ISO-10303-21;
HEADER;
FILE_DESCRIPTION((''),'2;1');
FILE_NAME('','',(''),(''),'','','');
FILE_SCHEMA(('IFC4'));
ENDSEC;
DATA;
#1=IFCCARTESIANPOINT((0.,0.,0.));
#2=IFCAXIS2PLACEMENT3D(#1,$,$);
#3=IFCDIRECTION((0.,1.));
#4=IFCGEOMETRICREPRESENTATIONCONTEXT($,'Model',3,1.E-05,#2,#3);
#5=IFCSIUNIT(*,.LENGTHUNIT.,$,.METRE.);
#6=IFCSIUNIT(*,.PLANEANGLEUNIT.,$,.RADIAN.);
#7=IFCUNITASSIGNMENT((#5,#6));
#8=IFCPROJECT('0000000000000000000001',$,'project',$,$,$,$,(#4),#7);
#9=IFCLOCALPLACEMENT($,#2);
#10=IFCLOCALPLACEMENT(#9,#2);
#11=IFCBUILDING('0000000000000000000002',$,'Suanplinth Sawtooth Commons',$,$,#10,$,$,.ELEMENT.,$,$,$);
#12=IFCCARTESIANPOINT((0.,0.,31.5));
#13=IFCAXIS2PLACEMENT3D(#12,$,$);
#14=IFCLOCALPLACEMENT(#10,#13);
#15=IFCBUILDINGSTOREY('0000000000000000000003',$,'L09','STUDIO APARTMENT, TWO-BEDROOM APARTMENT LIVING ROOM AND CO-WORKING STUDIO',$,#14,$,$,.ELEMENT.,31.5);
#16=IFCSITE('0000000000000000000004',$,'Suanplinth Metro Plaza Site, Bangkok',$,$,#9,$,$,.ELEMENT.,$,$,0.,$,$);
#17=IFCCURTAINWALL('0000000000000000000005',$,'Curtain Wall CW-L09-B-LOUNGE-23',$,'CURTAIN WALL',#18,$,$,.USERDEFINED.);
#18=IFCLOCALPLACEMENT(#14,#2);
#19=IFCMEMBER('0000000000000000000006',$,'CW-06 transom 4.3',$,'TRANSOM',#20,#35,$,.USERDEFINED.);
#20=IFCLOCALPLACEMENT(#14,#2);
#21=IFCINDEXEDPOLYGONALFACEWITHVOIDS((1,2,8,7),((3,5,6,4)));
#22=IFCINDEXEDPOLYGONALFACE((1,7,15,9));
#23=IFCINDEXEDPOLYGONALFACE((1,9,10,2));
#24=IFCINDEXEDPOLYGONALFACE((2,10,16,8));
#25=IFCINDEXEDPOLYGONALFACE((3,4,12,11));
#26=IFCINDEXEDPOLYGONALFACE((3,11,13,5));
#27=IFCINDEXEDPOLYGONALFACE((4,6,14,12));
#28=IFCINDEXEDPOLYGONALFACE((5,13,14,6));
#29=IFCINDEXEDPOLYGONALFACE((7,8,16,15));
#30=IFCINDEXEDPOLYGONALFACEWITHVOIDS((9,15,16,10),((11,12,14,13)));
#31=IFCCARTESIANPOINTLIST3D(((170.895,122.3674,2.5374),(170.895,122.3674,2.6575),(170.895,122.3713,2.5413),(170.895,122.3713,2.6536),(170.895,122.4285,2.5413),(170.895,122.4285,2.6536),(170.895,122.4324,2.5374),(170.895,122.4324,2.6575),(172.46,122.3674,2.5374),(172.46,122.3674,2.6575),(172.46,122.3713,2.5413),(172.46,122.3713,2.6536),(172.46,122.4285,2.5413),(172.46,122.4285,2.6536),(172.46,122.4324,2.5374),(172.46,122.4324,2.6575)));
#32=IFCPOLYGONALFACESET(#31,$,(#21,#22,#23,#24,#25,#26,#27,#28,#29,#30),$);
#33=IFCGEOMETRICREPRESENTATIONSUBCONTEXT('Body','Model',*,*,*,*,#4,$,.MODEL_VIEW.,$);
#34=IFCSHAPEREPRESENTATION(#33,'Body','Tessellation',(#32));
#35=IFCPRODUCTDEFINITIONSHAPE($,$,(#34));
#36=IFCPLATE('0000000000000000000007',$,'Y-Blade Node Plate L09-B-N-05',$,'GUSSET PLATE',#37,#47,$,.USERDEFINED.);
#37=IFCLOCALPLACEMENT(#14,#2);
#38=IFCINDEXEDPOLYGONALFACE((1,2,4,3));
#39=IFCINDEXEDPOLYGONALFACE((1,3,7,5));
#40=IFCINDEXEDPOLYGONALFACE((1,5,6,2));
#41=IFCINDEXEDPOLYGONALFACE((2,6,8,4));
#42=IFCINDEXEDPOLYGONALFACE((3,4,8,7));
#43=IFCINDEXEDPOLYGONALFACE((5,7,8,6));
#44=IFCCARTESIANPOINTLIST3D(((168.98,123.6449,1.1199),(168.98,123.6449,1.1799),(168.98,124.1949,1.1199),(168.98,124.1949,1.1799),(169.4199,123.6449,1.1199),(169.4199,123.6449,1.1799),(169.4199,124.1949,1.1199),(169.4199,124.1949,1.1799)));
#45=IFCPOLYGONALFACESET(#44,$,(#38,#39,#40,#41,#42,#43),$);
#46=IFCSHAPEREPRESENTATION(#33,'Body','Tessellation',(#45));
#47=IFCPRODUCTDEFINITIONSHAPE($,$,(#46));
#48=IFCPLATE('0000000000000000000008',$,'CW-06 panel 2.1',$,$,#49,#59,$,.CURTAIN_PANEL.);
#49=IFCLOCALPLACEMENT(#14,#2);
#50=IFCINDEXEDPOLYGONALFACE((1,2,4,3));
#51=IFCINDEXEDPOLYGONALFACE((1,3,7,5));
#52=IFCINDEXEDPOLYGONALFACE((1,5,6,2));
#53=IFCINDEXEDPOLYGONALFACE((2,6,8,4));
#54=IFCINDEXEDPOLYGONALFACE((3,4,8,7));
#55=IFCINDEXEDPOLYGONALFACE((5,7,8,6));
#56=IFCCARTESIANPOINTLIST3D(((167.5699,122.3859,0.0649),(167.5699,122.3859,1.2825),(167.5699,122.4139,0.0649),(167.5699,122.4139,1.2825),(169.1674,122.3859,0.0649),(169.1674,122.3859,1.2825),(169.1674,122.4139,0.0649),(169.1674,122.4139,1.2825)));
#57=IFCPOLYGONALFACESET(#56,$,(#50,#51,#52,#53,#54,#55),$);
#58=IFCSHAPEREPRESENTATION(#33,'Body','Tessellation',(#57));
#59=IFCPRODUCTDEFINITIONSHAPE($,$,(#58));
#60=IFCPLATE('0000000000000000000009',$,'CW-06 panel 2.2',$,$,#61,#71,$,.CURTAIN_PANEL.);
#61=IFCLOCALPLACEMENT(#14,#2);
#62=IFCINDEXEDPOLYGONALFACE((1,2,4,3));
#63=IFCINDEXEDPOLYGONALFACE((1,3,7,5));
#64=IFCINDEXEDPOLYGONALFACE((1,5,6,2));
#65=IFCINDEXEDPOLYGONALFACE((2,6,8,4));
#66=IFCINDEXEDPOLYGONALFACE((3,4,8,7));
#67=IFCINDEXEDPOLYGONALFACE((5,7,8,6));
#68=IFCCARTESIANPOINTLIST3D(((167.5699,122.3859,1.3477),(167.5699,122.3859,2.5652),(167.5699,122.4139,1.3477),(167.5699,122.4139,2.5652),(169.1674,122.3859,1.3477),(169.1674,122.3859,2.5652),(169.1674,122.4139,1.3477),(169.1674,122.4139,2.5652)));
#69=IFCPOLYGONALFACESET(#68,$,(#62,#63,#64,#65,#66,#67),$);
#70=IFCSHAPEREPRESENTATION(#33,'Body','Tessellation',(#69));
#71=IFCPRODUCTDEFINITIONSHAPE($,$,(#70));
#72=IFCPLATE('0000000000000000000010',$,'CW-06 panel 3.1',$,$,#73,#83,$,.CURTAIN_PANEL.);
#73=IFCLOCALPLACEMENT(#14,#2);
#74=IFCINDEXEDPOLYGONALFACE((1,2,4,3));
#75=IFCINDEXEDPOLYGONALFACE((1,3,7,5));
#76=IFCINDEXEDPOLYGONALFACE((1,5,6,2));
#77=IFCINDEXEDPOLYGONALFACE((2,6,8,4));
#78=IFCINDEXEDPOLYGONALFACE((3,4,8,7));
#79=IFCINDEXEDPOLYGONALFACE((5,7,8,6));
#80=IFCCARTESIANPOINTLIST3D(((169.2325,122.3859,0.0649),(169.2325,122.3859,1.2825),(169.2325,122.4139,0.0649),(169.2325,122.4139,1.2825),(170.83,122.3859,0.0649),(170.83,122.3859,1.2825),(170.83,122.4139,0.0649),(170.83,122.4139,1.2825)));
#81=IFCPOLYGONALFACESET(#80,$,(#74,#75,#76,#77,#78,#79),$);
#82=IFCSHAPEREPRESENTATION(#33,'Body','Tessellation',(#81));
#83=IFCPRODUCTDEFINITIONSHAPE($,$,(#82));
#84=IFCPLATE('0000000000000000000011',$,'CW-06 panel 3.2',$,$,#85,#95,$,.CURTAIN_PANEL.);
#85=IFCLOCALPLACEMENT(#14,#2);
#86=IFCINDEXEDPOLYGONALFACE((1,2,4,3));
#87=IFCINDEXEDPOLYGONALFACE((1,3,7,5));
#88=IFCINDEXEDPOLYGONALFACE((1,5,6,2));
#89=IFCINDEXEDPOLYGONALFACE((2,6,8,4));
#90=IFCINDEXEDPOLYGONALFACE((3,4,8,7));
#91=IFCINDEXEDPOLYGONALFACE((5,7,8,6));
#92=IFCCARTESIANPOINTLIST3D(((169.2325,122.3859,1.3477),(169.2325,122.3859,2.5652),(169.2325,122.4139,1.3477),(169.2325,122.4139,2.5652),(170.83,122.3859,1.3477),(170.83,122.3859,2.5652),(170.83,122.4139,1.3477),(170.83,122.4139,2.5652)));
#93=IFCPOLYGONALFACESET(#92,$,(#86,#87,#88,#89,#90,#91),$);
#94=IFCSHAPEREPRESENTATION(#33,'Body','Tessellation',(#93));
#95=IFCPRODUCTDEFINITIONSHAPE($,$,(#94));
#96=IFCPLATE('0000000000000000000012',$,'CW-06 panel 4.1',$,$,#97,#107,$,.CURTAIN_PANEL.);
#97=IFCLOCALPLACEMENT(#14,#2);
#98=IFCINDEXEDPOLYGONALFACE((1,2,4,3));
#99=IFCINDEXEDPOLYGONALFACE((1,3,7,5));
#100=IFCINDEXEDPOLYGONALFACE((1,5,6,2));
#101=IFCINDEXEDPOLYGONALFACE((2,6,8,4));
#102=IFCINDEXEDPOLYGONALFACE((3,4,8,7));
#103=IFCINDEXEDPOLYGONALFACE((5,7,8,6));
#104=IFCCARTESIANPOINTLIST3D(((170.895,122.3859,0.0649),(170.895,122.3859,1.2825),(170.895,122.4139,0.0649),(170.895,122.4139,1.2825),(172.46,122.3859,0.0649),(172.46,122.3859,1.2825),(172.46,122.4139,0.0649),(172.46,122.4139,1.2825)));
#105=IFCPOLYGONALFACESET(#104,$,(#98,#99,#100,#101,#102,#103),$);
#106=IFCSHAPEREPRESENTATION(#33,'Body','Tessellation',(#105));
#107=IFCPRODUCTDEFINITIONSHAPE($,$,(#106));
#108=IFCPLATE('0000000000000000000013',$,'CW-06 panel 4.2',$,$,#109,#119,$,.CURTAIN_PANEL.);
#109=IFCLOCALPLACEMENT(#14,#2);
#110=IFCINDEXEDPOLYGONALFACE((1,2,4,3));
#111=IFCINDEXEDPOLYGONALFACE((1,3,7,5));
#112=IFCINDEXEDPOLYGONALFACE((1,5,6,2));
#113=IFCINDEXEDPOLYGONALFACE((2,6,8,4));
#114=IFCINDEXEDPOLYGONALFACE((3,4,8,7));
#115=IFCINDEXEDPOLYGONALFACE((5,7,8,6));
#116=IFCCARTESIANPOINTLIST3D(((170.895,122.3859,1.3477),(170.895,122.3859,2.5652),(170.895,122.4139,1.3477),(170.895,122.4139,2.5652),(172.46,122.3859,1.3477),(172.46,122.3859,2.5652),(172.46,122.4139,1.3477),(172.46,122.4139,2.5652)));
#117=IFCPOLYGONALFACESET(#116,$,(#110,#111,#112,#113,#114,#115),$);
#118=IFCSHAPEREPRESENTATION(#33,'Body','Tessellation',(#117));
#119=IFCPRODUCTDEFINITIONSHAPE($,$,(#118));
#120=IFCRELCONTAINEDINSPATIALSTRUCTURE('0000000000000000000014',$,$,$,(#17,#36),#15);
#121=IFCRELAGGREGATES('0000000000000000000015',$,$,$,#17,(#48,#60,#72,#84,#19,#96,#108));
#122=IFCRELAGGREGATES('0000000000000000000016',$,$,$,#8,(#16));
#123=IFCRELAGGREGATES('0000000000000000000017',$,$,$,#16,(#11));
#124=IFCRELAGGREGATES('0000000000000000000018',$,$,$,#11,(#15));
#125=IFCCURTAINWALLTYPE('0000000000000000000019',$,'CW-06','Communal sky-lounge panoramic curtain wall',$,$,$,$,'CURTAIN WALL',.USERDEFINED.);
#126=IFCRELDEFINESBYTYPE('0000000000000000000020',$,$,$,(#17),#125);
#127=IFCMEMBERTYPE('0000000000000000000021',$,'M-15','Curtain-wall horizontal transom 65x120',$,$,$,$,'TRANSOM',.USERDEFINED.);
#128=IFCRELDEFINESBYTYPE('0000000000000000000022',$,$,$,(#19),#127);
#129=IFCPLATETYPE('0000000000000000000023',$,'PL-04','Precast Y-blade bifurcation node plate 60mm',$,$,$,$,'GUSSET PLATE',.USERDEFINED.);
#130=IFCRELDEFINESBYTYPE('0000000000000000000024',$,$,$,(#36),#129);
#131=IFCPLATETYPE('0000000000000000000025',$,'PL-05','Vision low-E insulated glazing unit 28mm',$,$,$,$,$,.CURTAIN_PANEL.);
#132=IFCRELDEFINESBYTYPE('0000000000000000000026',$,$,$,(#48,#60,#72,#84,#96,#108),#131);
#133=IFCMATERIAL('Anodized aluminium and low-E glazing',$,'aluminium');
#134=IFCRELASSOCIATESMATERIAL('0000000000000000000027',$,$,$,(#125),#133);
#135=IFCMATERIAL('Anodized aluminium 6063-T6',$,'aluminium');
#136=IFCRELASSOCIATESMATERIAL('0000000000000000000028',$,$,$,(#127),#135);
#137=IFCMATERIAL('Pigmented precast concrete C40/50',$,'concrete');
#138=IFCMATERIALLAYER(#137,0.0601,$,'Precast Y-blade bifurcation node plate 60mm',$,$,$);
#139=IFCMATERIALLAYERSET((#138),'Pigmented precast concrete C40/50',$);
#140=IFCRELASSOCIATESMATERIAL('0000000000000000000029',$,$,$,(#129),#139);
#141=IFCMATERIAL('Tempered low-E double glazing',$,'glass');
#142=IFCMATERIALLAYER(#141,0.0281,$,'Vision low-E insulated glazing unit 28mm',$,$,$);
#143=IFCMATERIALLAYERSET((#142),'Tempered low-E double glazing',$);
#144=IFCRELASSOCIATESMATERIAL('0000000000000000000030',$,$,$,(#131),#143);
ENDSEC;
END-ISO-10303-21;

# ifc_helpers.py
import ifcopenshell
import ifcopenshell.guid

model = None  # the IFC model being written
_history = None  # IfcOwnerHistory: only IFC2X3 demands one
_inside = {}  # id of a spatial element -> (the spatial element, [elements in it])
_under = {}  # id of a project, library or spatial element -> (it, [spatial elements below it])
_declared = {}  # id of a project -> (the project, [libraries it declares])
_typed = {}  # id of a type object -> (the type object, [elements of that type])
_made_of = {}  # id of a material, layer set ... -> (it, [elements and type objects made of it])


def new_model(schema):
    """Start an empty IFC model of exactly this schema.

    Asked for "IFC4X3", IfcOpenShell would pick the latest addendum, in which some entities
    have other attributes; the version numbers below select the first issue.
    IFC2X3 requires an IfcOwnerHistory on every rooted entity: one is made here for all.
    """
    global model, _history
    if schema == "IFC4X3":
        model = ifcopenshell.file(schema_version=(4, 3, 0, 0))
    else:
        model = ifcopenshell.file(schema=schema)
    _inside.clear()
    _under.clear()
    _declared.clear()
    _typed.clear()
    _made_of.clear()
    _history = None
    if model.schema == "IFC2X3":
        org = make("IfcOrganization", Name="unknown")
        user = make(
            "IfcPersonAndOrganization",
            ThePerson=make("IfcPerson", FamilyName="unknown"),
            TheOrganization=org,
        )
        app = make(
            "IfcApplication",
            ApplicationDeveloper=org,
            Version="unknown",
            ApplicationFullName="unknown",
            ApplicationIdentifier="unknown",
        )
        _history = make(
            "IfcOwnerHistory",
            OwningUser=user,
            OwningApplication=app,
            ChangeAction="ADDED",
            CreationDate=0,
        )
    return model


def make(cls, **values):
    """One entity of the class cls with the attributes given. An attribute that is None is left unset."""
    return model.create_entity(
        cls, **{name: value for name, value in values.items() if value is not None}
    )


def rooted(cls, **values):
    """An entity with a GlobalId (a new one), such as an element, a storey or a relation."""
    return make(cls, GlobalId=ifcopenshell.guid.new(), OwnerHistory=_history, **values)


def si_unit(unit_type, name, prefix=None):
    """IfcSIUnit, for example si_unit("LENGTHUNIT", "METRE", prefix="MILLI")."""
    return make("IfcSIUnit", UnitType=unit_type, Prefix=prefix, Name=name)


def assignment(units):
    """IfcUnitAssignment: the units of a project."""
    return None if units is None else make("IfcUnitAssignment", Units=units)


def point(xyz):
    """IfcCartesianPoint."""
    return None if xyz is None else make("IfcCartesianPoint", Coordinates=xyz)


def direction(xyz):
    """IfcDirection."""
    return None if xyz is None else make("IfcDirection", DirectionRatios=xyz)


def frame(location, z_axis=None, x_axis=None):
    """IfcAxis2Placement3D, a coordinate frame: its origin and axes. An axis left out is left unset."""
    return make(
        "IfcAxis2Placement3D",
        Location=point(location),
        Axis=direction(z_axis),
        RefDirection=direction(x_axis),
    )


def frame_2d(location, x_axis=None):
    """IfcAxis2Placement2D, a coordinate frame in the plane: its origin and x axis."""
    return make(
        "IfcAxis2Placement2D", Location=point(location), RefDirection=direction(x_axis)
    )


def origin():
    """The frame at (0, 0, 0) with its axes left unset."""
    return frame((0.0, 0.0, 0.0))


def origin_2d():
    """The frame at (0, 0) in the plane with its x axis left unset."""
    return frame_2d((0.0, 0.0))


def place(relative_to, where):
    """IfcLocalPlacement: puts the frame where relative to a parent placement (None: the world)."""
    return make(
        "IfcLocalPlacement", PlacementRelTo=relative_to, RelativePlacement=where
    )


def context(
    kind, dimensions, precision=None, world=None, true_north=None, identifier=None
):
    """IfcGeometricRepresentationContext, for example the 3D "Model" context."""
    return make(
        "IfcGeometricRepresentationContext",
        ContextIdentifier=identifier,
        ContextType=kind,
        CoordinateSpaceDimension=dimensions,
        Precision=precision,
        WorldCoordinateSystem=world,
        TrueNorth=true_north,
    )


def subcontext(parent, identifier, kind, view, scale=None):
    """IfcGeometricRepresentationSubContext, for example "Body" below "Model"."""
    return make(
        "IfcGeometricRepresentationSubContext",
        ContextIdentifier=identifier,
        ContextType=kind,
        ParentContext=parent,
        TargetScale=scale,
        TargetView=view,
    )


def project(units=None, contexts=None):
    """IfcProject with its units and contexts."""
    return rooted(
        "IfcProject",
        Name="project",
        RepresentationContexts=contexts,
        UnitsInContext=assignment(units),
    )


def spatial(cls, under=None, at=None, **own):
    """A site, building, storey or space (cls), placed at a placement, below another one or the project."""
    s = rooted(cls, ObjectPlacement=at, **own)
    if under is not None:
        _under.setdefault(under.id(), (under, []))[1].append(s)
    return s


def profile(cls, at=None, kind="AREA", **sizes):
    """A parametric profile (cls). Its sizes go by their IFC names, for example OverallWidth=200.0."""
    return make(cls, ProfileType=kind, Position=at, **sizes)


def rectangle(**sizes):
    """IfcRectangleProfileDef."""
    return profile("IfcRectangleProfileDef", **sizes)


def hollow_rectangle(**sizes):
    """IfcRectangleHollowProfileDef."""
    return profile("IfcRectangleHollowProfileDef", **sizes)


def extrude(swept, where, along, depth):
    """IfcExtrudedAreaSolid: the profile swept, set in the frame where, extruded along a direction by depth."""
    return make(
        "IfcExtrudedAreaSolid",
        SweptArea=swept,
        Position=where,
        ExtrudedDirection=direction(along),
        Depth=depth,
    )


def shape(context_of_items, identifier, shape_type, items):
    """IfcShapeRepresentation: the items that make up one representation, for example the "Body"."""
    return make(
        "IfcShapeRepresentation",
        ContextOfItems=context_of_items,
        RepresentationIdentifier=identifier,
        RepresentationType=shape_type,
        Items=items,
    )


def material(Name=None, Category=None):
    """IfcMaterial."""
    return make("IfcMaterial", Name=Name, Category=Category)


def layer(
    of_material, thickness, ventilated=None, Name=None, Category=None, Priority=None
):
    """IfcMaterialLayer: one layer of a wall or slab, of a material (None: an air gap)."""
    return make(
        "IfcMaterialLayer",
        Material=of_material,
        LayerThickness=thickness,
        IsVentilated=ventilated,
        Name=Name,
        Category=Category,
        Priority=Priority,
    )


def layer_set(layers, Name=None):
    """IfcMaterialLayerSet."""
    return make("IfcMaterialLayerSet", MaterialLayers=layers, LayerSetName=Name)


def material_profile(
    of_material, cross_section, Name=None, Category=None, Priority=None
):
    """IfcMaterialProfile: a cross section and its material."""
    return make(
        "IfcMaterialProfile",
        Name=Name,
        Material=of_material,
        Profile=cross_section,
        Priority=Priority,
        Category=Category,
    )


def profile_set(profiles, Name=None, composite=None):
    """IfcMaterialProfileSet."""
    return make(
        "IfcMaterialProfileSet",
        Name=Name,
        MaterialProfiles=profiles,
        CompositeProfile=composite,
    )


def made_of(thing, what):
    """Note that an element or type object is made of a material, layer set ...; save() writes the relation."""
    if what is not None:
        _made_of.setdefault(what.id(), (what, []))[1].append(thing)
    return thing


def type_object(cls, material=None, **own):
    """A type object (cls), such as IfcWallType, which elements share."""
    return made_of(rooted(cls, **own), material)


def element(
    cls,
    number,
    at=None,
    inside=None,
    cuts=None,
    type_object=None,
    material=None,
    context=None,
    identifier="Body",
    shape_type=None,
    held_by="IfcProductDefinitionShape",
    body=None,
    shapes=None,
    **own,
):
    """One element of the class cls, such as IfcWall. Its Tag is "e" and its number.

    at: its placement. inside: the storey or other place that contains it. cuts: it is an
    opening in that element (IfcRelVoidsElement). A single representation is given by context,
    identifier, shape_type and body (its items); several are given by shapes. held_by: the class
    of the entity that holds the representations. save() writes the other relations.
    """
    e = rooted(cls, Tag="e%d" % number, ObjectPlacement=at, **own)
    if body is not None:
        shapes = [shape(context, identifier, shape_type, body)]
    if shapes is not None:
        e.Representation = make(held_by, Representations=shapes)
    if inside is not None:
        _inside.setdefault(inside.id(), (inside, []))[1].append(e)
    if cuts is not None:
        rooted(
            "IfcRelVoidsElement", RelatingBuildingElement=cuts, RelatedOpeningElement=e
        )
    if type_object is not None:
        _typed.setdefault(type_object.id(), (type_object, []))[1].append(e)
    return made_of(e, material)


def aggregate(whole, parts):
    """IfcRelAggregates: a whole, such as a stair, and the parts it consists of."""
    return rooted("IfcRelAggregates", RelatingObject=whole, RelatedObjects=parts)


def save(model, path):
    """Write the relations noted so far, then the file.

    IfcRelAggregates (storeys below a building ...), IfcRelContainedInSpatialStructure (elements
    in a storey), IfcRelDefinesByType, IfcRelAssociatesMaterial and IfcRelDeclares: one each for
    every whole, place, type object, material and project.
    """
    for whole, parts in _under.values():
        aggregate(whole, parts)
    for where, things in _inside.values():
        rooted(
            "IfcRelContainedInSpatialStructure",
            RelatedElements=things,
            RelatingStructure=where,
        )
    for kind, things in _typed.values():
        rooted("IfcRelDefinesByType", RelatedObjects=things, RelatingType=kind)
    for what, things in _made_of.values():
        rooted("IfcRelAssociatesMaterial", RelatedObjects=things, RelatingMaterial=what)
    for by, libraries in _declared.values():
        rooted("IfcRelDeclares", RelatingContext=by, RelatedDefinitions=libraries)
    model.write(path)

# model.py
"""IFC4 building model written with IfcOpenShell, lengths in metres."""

from ifc_helpers import new_model, si_unit, direction, frame, origin, origin_2d, place, context, subcontext, project, spatial, rectangle, hollow_rectangle, extrude, material, layer, layer_set, material_profile, profile_set, type_object, element, aggregate, save


model = new_model("IFC4")

# Units and contexts
model_context = context("Model", 3, precision=1e-05, world=origin(), true_north=direction((0.0, 1.0)))
body_context = subcontext(model_context, "Body", "Model", "MODEL_VIEW")
ifc_project = project(units=[si_unit("LENGTHUNIT", "METRE"), si_unit("PLANEANGLEUNIT", "RADIAN")], contexts=[model_context])

# Site, building, storey
site_placement = place(None, origin())
site = spatial("IfcSite", under=ifc_project, at=site_placement, Name="Suanplinth Metro Plaza Site, Bangkok", CompositionType="ELEMENT", RefElevation=0.0)
building_placement = place(site_placement, origin())
building = spatial("IfcBuilding", under=site, at=building_placement, Name="Suanplinth Sawtooth Commons", CompositionType="ELEMENT")
storey_placement = place(building_placement, frame((0.0, 0.0, 31.5)))
storey = spatial("IfcBuildingStorey", under=building, at=storey_placement, Name="L09", Description="STUDIO APARTMENT, TWO-BEDROOM APARTMENT LIVING ROOM AND CO-WORKING STUDIO", CompositionType="ELEMENT", Elevation=31.5)

# Shared definitions
ifc_material_1 = material(Name="Pigmented precast concrete C40/50", Category="concrete")

# Curtain wall, member
ifc_material_2 = material(Name="Anodized aluminium and low-E glazing", Category="aluminium")
curtain_wall_type = type_object("IfcCurtainWallType", Name="CW-06", Description="Communal sky-lounge panoramic curtain wall", ElementType="CURTAIN WALL", PredefinedType="USERDEFINED", material=ifc_material_2)
curtain_wall_placement = place(storey_placement, origin())
curtain_wall = element("IfcCurtainWall", 1, at=curtain_wall_placement, inside=storey, type_object=curtain_wall_type, Name="Curtain Wall CW-L09-B-LOUNGE-23", ObjectType="CURTAIN WALL", PredefinedType="USERDEFINED")
ifc_material_3 = material(Name="Anodized aluminium 6063-T6", Category="aluminium")
ifc_material_profile_1 = material_profile(ifc_material_3, hollow_rectangle(XDim=0.0649, YDim=0.1201, WallThickness=0.0039, at=origin_2d()), Name="ALU-TRN 65x120")
ifc_profile_set_1 = profile_set([ifc_material_profile_1], Name="Anodized aluminium 6063-T6")
member_type_1 = type_object("IfcMemberType", Name="M-15", Description="Curtain-wall horizontal transom 65x120", ElementType="TRANSOM", PredefinedType="USERDEFINED", material=ifc_profile_set_1)
member_1_placement = place(storey_placement, frame((170.895, 122.3999, 2.5974), z_axis=(1.0, 0.0, 0.0), x_axis=(0.0, 1.0, 0.0)))
member_1 = element("IfcMember", 2, at=member_1_placement, type_object=member_type_1, Name="CW-06 transom 4.3", ObjectType="TRANSOM", PredefinedType="USERDEFINED", context=body_context, shape_type="SweptSolid", body=[
    extrude(hollow_rectangle(XDim=0.0649, YDim=0.1201, WallThickness=0.0039, at=origin_2d()), origin(), (0.0, 0.0, 1.0), 1.5649),
])

# Plates
ifc_layer_1 = layer(ifc_material_1, 0.0601, Name="Precast Y-blade bifurcation node plate 60mm")
ifc_layer_set_1 = layer_set([ifc_layer_1], Name="Pigmented precast concrete C40/50")
plate_type_1 = type_object("IfcPlateType", Name="PL-04", Description="Precast Y-blade bifurcation node plate 60mm", ElementType="GUSSET PLATE", PredefinedType="USERDEFINED", material=ifc_layer_set_1)
plate_1_placement = place(storey_placement, frame((169.2, 123.9199, 1.1199), z_axis=(0.0, 0.0, 1.0), x_axis=(1.0, 0.0, 0.0)))
element("IfcPlate", 3, at=plate_1_placement, inside=storey, type_object=plate_type_1, Name="Y-Blade Node Plate L09-B-N-05", ObjectType="GUSSET PLATE", PredefinedType="USERDEFINED", context=body_context, shape_type="SweptSolid", body=[
    extrude(rectangle(XDim=0.4399, YDim=0.55, at=origin_2d()), origin(), (0.0, 0.0, 1.0), 0.0601),
])
ifc_material_4 = material(Name="Tempered low-E double glazing", Category="glass")
ifc_layer_2 = layer(ifc_material_4, 0.0281, Name="Vision low-E insulated glazing unit 28mm")
ifc_layer_set_2 = layer_set([ifc_layer_2], Name="Tempered low-E double glazing")
plate_type_2 = type_object("IfcPlateType", Name="PL-05", Description="Vision low-E insulated glazing unit 28mm", PredefinedType="CURTAIN_PANEL", material=ifc_layer_set_2)
plate_2_placement = place(storey_placement, frame((168.3687, 122.3999, 0.0649), z_axis=(0.0, 0.0, 1.0), x_axis=(1.0, 0.0, 0.0)))
plate_2 = element("IfcPlate", 4, at=plate_2_placement, type_object=plate_type_2, Name="CW-06 panel 2.1", PredefinedType="CURTAIN_PANEL", context=body_context, shape_type="SweptSolid", body=[
    extrude(rectangle(XDim=1.5974, YDim=0.0281, at=origin_2d()), origin(), (0.0, 0.0, 1.0), 1.2175),
])
plate_3_placement = place(storey_placement, frame((168.3687, 122.3999, 1.3477), z_axis=(0.0, 0.0, 1.0), x_axis=(1.0, 0.0, 0.0)))
plate_3 = element("IfcPlate", 5, at=plate_3_placement, type_object=plate_type_2, Name="CW-06 panel 2.2", PredefinedType="CURTAIN_PANEL", context=body_context, shape_type="SweptSolid", body=[
    extrude(rectangle(XDim=1.5974, YDim=0.0281, at=origin_2d()), origin(), (0.0, 0.0, 1.0), 1.2175),
])
plate_4_placement = place(storey_placement, frame((170.0312, 122.3999, 0.0649), z_axis=(0.0, 0.0, 1.0), x_axis=(1.0, 0.0, 0.0)))
plate_4 = element("IfcPlate", 6, at=plate_4_placement, type_object=plate_type_2, Name="CW-06 panel 3.1", PredefinedType="CURTAIN_PANEL", context=body_context, shape_type="SweptSolid", body=[
    extrude(rectangle(XDim=1.5974, YDim=0.0281, at=origin_2d()), origin(), (0.0, 0.0, 1.0), 1.2175),
])
plate_5_placement = place(storey_placement, frame((170.0312, 122.3999, 1.3477), z_axis=(0.0, 0.0, 1.0), x_axis=(1.0, 0.0, 0.0)))
plate_5 = element("IfcPlate", 7, at=plate_5_placement, type_object=plate_type_2, Name="CW-06 panel 3.2", PredefinedType="CURTAIN_PANEL", context=body_context, shape_type="SweptSolid", body=[
    extrude(rectangle(XDim=1.5974, YDim=0.0281, at=origin_2d()), origin(), (0.0, 0.0, 1.0), 1.2175),
])
plate_6_placement = place(storey_placement, frame((171.6775, 122.3999, 0.0649), z_axis=(0.0, 0.0, 1.0), x_axis=(1.0, 0.0, 0.0)))
plate_6 = element("IfcPlate", 8, at=plate_6_placement, type_object=plate_type_2, Name="CW-06 panel 4.1", PredefinedType="CURTAIN_PANEL", context=body_context, shape_type="SweptSolid", body=[
    extrude(rectangle(XDim=1.5649, YDim=0.0281, at=origin_2d()), origin(), (0.0, 0.0, 1.0), 1.2175),
])
plate_7_placement = place(storey_placement, frame((171.6775, 122.3999, 1.3477), z_axis=(0.0, 0.0, 1.0), x_axis=(1.0, 0.0, 0.0)))
plate_7 = element("IfcPlate", 9, at=plate_7_placement, type_object=plate_type_2, Name="CW-06 panel 4.2", PredefinedType="CURTAIN_PANEL", context=body_context, shape_type="SweptSolid", body=[
    extrude(rectangle(XDim=1.5649, YDim=0.0281, at=origin_2d()), origin(), (0.0, 0.0, 1.0), 1.2175),
])
aggregate(curtain_wall, [plate_2, plate_3, plate_4, plate_5, member_1, plate_6, plate_7])

save(model, "model.ifc")
